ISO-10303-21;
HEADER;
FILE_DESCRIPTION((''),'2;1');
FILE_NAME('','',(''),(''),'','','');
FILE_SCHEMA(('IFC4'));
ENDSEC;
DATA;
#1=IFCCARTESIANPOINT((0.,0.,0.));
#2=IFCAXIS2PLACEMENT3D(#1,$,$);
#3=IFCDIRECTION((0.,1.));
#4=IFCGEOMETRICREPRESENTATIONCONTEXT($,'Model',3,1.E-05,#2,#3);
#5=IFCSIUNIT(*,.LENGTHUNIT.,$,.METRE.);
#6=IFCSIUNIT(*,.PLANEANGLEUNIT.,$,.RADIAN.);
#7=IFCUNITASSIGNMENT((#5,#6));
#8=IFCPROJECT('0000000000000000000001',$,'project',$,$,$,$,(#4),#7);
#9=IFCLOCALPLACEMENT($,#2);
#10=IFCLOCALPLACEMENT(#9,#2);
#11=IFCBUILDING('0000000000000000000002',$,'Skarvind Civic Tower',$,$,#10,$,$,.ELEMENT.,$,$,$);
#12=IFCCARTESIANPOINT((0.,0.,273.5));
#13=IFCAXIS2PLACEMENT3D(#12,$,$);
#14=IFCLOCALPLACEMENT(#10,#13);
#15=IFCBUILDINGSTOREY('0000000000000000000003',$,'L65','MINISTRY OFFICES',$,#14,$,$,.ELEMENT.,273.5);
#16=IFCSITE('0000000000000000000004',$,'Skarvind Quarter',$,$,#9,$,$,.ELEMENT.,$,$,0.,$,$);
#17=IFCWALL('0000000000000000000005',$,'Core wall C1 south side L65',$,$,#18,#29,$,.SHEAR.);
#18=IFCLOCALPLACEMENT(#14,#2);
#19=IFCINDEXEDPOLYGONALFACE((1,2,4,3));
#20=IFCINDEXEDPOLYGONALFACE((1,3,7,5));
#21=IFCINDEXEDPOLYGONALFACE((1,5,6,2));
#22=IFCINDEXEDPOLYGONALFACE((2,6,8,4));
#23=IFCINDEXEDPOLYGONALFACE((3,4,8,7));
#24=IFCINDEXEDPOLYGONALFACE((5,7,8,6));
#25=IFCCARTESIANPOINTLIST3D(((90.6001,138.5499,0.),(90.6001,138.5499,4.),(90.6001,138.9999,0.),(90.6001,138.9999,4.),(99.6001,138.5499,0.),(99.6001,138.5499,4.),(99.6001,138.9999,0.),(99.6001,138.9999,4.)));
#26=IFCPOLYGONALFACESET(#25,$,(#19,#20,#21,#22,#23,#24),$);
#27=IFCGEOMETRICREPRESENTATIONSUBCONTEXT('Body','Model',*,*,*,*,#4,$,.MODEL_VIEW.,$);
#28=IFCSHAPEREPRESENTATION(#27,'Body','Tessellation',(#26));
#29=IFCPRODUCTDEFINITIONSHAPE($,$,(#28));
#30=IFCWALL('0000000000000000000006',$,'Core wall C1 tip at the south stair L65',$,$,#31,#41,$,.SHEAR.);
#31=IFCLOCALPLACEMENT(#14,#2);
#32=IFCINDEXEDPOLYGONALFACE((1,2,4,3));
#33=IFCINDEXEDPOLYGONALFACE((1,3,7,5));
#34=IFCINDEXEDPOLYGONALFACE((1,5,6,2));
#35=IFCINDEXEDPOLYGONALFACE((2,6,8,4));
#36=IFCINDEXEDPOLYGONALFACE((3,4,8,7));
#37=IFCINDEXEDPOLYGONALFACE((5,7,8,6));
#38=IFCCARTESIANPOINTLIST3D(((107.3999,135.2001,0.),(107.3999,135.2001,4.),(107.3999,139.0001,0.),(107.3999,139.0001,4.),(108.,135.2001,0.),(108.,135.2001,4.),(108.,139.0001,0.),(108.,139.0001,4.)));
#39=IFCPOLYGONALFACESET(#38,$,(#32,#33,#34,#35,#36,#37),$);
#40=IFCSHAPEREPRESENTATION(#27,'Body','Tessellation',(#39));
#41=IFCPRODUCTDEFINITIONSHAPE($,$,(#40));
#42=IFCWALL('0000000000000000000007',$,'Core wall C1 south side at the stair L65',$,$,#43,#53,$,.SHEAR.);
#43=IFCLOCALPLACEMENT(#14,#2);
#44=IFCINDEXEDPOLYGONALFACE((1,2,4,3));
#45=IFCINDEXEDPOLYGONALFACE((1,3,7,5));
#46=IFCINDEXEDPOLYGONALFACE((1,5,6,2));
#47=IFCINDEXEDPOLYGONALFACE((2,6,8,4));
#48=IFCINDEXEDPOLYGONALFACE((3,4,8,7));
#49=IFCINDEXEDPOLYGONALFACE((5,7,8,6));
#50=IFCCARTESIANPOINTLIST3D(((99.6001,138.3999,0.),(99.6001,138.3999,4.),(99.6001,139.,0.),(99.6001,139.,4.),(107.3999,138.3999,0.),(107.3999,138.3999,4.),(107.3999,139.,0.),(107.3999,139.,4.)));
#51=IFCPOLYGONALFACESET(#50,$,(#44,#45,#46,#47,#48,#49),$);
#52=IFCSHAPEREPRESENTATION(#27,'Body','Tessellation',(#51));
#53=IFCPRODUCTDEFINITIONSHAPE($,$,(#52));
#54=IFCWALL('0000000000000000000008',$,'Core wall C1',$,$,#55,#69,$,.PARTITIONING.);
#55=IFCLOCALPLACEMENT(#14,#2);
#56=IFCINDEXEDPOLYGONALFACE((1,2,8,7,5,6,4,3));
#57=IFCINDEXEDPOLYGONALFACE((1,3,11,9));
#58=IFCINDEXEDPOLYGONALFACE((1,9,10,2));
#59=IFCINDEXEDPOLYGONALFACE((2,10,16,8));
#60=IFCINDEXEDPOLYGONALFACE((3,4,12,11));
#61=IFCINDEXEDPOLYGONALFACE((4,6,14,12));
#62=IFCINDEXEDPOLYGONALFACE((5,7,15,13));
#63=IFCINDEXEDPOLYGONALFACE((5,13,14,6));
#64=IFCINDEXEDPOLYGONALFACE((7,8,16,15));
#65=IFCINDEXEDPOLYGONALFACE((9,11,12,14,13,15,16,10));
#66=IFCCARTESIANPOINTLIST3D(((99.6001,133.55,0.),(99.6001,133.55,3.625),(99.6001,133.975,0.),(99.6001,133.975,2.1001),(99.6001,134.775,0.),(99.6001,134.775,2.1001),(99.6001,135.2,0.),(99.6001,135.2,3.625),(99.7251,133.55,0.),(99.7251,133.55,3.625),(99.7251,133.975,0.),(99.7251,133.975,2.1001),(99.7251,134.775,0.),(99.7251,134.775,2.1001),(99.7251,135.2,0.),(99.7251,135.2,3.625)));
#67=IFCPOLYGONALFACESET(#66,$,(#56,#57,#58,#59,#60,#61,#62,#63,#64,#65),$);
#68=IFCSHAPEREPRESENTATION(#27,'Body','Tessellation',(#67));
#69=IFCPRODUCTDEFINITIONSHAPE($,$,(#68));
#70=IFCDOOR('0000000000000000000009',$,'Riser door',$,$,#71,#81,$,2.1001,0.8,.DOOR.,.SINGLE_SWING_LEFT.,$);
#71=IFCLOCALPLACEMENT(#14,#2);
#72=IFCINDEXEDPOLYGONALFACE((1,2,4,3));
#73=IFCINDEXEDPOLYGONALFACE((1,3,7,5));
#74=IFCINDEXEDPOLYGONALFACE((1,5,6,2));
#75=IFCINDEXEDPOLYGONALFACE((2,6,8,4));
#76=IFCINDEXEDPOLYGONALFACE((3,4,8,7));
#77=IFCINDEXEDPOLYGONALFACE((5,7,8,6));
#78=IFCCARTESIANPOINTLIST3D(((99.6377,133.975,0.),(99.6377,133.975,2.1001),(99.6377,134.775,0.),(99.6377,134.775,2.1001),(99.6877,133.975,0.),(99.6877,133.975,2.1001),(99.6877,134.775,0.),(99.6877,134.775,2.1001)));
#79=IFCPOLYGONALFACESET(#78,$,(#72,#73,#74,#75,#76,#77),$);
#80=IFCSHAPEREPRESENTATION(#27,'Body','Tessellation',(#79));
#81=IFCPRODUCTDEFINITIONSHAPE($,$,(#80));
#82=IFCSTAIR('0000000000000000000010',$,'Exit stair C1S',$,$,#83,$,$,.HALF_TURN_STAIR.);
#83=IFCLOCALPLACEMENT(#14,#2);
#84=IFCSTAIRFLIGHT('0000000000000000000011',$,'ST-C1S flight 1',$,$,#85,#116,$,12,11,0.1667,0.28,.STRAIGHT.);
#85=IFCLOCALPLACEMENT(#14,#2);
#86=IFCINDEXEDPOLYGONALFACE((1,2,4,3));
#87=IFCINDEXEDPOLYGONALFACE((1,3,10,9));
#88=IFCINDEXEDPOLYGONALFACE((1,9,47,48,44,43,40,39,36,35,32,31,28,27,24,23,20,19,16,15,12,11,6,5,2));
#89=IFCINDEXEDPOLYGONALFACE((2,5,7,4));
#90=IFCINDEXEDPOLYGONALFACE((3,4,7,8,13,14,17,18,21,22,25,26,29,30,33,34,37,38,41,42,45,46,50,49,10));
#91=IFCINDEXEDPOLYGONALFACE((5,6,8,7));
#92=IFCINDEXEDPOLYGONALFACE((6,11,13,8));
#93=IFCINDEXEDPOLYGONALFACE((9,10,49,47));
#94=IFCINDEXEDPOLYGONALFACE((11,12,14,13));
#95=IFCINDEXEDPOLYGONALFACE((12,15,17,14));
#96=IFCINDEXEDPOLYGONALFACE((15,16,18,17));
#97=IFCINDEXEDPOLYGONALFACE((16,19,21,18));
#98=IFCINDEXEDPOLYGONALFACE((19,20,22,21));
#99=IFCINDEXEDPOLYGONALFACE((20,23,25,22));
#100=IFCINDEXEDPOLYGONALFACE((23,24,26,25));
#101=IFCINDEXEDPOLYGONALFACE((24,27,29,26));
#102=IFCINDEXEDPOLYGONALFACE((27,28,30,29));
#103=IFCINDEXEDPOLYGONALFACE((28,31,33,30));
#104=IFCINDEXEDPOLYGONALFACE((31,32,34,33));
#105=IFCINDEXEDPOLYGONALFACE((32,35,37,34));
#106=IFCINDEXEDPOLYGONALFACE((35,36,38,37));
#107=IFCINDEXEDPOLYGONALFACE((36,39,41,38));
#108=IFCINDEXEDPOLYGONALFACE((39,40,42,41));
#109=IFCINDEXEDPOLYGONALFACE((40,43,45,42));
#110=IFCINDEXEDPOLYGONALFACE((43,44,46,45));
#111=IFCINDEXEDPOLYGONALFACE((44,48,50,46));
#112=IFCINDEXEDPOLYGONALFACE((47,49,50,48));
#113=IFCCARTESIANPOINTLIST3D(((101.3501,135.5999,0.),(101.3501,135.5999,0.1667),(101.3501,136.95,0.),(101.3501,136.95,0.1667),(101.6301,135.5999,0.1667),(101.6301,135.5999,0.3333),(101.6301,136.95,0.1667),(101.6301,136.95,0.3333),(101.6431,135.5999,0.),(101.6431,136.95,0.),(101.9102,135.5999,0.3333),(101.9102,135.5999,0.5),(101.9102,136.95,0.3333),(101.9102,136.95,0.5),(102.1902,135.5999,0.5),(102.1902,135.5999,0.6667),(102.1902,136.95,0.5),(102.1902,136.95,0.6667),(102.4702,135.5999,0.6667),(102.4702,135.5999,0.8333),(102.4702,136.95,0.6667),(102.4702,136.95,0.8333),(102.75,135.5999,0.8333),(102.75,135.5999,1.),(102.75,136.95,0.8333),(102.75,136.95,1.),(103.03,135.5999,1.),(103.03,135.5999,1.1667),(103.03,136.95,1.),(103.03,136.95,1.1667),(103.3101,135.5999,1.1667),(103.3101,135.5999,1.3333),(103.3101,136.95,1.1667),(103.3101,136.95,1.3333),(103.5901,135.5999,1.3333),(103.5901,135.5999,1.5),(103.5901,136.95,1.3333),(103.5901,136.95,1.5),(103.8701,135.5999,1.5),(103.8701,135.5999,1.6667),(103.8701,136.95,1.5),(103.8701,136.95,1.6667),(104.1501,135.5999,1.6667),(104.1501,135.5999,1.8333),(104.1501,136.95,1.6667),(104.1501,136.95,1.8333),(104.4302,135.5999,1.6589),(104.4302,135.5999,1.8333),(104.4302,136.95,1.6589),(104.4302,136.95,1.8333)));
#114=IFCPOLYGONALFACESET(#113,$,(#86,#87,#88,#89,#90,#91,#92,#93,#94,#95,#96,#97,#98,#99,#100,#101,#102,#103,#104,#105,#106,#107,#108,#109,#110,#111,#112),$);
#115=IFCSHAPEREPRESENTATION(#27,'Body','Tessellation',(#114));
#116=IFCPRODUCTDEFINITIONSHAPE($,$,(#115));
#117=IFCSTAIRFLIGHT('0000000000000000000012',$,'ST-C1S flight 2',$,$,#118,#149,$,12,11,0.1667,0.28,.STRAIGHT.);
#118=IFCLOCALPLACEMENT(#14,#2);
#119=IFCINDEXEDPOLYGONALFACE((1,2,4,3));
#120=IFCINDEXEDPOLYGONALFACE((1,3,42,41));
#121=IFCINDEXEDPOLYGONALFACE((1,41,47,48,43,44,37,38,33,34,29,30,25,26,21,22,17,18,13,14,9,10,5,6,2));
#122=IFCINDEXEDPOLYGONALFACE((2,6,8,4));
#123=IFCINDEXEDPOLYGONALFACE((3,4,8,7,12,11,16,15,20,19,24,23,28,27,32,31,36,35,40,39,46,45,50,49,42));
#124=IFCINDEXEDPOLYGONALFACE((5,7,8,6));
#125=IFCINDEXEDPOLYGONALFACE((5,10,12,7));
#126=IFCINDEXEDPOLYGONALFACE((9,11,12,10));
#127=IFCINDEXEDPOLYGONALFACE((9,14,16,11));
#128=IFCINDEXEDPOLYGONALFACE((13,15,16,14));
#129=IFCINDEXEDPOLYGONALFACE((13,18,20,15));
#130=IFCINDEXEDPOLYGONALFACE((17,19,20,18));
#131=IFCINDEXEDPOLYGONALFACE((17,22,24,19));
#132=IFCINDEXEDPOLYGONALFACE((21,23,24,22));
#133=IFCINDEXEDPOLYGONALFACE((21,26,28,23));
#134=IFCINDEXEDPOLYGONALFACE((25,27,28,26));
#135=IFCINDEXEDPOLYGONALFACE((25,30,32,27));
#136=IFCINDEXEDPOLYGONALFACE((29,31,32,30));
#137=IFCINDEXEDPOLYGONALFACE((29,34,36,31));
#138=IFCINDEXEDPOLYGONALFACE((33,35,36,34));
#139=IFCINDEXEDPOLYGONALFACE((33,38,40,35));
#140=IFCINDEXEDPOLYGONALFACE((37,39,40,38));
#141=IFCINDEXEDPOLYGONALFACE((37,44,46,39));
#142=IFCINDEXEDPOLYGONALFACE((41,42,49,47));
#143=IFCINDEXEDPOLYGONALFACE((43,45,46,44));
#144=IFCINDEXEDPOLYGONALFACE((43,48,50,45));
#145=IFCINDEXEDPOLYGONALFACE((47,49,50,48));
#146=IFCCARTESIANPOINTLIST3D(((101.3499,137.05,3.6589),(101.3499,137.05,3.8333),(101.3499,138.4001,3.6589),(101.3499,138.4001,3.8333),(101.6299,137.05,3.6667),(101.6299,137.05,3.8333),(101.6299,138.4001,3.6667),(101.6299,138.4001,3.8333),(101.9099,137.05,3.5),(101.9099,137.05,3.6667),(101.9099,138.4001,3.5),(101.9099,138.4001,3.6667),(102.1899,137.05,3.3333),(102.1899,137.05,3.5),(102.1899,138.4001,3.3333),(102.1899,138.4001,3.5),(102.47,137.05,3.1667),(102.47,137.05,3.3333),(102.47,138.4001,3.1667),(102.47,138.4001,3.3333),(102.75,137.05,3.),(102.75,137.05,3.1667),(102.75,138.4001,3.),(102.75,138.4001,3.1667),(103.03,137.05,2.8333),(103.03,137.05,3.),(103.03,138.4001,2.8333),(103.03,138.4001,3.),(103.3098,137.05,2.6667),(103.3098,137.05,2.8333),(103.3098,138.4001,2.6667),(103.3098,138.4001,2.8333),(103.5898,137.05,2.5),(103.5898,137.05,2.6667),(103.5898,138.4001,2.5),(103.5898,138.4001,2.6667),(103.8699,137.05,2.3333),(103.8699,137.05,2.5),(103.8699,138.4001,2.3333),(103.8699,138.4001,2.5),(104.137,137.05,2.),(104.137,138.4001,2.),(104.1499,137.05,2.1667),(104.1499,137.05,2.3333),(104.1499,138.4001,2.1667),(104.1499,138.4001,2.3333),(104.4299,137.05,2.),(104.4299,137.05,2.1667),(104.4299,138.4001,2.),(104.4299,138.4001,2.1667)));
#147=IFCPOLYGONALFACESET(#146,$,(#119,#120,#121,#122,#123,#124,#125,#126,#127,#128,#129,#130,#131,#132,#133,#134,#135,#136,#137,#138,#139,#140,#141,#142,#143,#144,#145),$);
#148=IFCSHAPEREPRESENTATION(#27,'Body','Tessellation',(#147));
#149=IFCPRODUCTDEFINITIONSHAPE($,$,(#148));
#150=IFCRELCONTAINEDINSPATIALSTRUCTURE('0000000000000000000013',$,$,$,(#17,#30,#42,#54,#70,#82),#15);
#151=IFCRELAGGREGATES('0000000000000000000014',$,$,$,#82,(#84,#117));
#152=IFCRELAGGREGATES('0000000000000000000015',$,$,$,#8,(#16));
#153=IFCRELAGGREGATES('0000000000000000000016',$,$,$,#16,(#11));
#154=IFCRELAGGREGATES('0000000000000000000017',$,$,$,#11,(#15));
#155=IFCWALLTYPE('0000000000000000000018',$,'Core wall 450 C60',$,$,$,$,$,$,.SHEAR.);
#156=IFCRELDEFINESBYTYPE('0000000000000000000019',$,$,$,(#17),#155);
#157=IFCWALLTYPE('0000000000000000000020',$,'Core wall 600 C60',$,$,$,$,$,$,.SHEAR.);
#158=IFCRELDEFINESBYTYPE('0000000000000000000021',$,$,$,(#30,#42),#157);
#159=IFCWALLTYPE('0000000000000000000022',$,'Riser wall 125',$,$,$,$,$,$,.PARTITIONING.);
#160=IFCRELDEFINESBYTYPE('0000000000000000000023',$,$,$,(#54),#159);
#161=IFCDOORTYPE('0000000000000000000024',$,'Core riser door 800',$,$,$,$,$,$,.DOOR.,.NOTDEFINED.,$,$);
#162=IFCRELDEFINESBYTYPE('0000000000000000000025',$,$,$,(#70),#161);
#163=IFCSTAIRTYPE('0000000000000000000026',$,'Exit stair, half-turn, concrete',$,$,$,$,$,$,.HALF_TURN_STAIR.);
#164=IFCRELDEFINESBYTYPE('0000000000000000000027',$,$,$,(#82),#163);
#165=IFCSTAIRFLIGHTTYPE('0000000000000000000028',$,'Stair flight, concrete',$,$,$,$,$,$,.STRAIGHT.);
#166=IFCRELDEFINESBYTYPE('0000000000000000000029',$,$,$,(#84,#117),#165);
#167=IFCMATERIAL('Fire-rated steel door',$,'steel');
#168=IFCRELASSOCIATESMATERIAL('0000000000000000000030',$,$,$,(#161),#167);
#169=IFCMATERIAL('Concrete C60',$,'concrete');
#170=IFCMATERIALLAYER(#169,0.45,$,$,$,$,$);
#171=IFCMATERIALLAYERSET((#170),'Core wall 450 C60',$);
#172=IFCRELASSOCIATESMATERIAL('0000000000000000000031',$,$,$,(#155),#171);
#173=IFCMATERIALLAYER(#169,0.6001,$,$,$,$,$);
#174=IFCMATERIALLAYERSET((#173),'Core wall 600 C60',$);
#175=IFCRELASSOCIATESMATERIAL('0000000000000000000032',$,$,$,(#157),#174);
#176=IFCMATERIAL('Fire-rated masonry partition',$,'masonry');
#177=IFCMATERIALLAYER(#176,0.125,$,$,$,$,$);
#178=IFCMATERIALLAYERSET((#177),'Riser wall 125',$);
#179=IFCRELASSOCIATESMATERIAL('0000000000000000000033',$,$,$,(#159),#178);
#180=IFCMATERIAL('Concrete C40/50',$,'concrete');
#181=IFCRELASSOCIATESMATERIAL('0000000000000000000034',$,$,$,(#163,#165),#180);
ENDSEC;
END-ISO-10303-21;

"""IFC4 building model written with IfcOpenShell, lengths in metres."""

from ifc_helpers import new_model, si_unit, direction, frame, frame_2d, origin, place, context, subcontext, project, spatial, polyline, rectangle, outline, extrude, material, layer, layer_set, type_object, element, fill, aggregate, save


model = new_model("IFC4")

# Units and contexts
model_context = context("Model", 3, precision=1e-05, world=origin(), true_north=direction((0.0, 1.0)))
body_context = subcontext(model_context, "Body", "Model", "MODEL_VIEW")
ifc_project = project(units=[si_unit("LENGTHUNIT", "METRE"), si_unit("PLANEANGLEUNIT", "RADIAN")], contexts=[model_context])

# Site, building, storey
site_placement = place(None, origin())
site = spatial("IfcSite", under=ifc_project, at=site_placement, Name="Skarvind Quarter", CompositionType="ELEMENT", RefElevation=0.0)
building_placement = place(site_placement, origin())
building = spatial("IfcBuilding", under=site, at=building_placement, Name="Skarvind Civic Tower", CompositionType="ELEMENT")
storey_placement = place(building_placement, frame((0.0, 0.0, 273.5)))
storey = spatial("IfcBuildingStorey", under=building, at=storey_placement, Name="L65", Description="MINISTRY OFFICES", CompositionType="ELEMENT", Elevation=273.5)

# Shared definitions
ifc_material_1 = material(Name="Concrete C60", Category="concrete")
ifc_material_2 = material(Name="Fire-rated steel door", Category="steel")
door_type_1 = type_object("IfcDoorType", Name="Core riser door 800", OperationType="NOTDEFINED", PredefinedType="DOOR", material=ifc_material_2)

# Walls
ifc_layer_1 = layer(ifc_material_1, 0.45)
ifc_layer_set_1 = layer_set([ifc_layer_1], Name="Core wall 450 C60")
wall_type_1 = type_object("IfcWallType", Name="Core wall 450 C60", PredefinedType="SHEAR", material=ifc_layer_set_1)
wall_1_placement = place(storey_placement, frame((99.6001, 138.7749, 0.0), z_axis=(0.0, 0.0, 1.0), x_axis=(-1.0, 0.0, 0.0)))
element("IfcWall", 1, at=wall_1_placement, inside=storey, type_object=wall_type_1, Name="Core wall C1 south side L65", PredefinedType="SHEAR", context=body_context, shape_type="SweptSolid", body=[
    extrude(rectangle(XDim=9.0, YDim=0.45, at=frame_2d((4.5, 0.0))), origin(), (0.0, 0.0, 1.0), 4.0),
])
ifc_layer_2 = layer(ifc_material_1, 0.6001)
ifc_layer_set_2 = layer_set([ifc_layer_2], Name="Core wall 600 C60")
wall_type_2 = type_object("IfcWallType", Name="Core wall 600 C60", PredefinedType="SHEAR", material=ifc_layer_set_2)
wall_2_placement = place(storey_placement, frame((107.7, 139.0, 0.0), z_axis=(0.0, 0.0, 1.0), x_axis=(0.0, -1.0, 0.0)))
element("IfcWall", 2, at=wall_2_placement, inside=storey, type_object=wall_type_2, Name="Core wall C1 tip at the south stair L65", PredefinedType="SHEAR", context=body_context, shape_type="SweptSolid", body=[
    extrude(rectangle(XDim=3.8, YDim=0.6001, at=frame_2d((1.8999, 0.0))), origin(), (0.0, 0.0, 1.0), 4.0),
])
wall_3_placement = place(storey_placement, frame((107.3999, 138.7, 0.0), z_axis=(0.0, 0.0, 1.0), x_axis=(-1.0, 0.0, 0.0)))
element("IfcWall", 3, at=wall_3_placement, inside=storey, type_object=wall_type_2, Name="Core wall C1 south side at the stair L65", PredefinedType="SHEAR", context=body_context, shape_type="SweptSolid", body=[
    extrude(rectangle(XDim=7.7998, YDim=0.6001, at=frame_2d((3.8999, 0.0))), origin(), (0.0, 0.0, 1.0), 4.0),
])

# Wall, opening, door
ifc_material_3 = material(Name="Fire-rated masonry partition", Category="masonry")
ifc_layer_3 = layer(ifc_material_3, 0.125)
ifc_layer_set_3 = layer_set([ifc_layer_3], Name="Riser wall 125")
wall_type_3 = type_object("IfcWallType", Name="Riser wall 125", PredefinedType="PARTITIONING", material=ifc_layer_set_3)
wall_4_placement = place(storey_placement, frame((99.6626, 133.55, 0.0), z_axis=(0.0, 0.0, 1.0), x_axis=(0.0, 1.0, 0.0)))
wall_4 = element("IfcWall", 4, at=wall_4_placement, inside=storey, type_object=wall_type_3, Name="Core wall C1", PredefinedType="PARTITIONING", context=body_context, shape_type="SweptSolid", body=[
    extrude(rectangle(XDim=1.6499, YDim=0.125, at=frame_2d((0.825, 0.0))), origin(), (0.0, 0.0, 1.0), 3.625),
])
opening_1_placement = place(wall_4_placement, frame((0.425, 0.0, 0.0)))
opening_1 = element("IfcOpeningElement", 5, at=opening_1_placement, cuts=wall_4, PredefinedType="OPENING", context=body_context, shape_type="SweptSolid", body=[
    extrude(rectangle(XDim=0.8, YDim=2.1001, at=frame_2d((0.3999, 1.05))), frame((0.0, 0.0725, 0.0), z_axis=(0.0, -1.0, 0.0), x_axis=(1.0, 0.0, 0.0)), (0.0, 0.0, 1.0), 0.145),
])
door_1_placement = place(opening_1_placement, origin())
door_1 = element("IfcDoor", 6, at=door_1_placement, inside=storey, type_object=door_type_1, Name="Riser door", OperationType="SINGLE_SWING_LEFT", OverallHeight=2.1001, OverallWidth=0.8, PredefinedType="DOOR", context=body_context, shape_type="SweptSolid", body=[
    extrude(rectangle(XDim=0.8, YDim=2.1001, at=frame_2d((0.3999, 1.05))), frame((0.0, 0.0249, 0.0), z_axis=(0.0, -1.0, 0.0), x_axis=(1.0, 0.0, 0.0)), (0.0, 0.0, 1.0), 0.05),
])
fill(opening_1, door_1)

# Stair, stair flights
ifc_material_4 = material(Name="Concrete C40/50", Category="concrete")
stair_type = type_object("IfcStairType", Name="Exit stair, half-turn, concrete", PredefinedType="HALF_TURN_STAIR", material=ifc_material_4)
stair_placement = place(storey_placement, origin())
stair = element("IfcStair", 7, at=stair_placement, inside=storey, type_object=stair_type, Name="Exit stair C1S", PredefinedType="HALF_TURN_STAIR")
stair_flight_type = type_object("IfcStairFlightType", Name="Stair flight, concrete", PredefinedType="STRAIGHT", material=ifc_material_4)
stair_flight_1_placement = place(storey_placement, frame((101.3501, 136.2749, 0.0), z_axis=(0.0, 0.0, 1.0), x_axis=(1.0, 0.0, 0.0)))
stair_flight_1 = element("IfcStairFlight", 8, at=stair_flight_1_placement, type_object=stair_flight_type, Name="ST-C1S flight 1", NumberOfRisers=12, NumberOfTreads=11, PredefinedType="STRAIGHT", RiserHeight=0.1667, TreadLength=0.28, context=body_context, shape_type="SweptSolid", body=[
    extrude(outline(polyline([(0.0, 0.0), (0.0, 0.1667), (0.28, 0.1667), (0.28, 0.3333), (0.5601, 0.3333), (0.5601, 0.5), (0.8401, 0.5), (0.8401, 0.6667), (1.1201, 0.6667), (1.1201, 0.8333), (1.3999, 0.8333), (1.3999, 1.0), (1.6799, 1.0), (1.6799, 1.1667), (1.96, 1.1667), (1.96, 1.3333), (2.24, 1.3333), (2.24, 1.5), (2.52, 1.5), (2.52, 1.6667), (2.8, 1.6667), (2.8, 1.8333), (3.0801, 1.8333), (3.0801, 2.0), (3.0801, 1.6589), (0.293, 0.0), (0.0, 0.0)])), frame((0.0, 0.675, 0.0), z_axis=(0.0, -1.0, 0.0), x_axis=(1.0, 0.0, 0.0)), (0.0, 0.0, 1.0), 1.3501),
])
stair_flight_2_placement = place(storey_placement, frame((104.4299, 137.7251, 2.0), z_axis=(0.0, 0.0, 1.0), x_axis=(-1.0, 0.0, 0.0)))
stair_flight_2 = element("IfcStairFlight", 9, at=stair_flight_2_placement, type_object=stair_flight_type, Name="ST-C1S flight 2", NumberOfRisers=12, NumberOfTreads=11, PredefinedType="STRAIGHT", RiserHeight=0.1667, TreadLength=0.28, context=body_context, shape_type="SweptSolid", body=[
    extrude(outline(polyline([(0.0, 0.0), (0.0, 0.1667), (0.28, 0.1667), (0.28, 0.3333), (0.5601, 0.3333), (0.5601, 0.5), (0.8401, 0.5), (0.8401, 0.6667), (1.1201, 0.6667), (1.1201, 0.8333), (1.3999, 0.8333), (1.3999, 1.0), (1.6799, 1.0), (1.6799, 1.1667), (1.96, 1.1667), (1.96, 1.3333), (2.24, 1.3333), (2.24, 1.5), (2.52, 1.5), (2.52, 1.6667), (2.8, 1.6667), (2.8, 1.8333), (3.0801, 1.8333), (3.0801, 2.0), (3.0801, 1.6589), (0.293, 0.0), (0.0, 0.0)])), frame((0.0, 0.675, 0.0), z_axis=(0.0, -1.0, 0.0), x_axis=(1.0, 0.0, 0.0)), (0.0, 0.0, 1.0), 1.3501),
])
aggregate(stair, [stair_flight_1, stair_flight_2])

save(model, "model.ifc")
